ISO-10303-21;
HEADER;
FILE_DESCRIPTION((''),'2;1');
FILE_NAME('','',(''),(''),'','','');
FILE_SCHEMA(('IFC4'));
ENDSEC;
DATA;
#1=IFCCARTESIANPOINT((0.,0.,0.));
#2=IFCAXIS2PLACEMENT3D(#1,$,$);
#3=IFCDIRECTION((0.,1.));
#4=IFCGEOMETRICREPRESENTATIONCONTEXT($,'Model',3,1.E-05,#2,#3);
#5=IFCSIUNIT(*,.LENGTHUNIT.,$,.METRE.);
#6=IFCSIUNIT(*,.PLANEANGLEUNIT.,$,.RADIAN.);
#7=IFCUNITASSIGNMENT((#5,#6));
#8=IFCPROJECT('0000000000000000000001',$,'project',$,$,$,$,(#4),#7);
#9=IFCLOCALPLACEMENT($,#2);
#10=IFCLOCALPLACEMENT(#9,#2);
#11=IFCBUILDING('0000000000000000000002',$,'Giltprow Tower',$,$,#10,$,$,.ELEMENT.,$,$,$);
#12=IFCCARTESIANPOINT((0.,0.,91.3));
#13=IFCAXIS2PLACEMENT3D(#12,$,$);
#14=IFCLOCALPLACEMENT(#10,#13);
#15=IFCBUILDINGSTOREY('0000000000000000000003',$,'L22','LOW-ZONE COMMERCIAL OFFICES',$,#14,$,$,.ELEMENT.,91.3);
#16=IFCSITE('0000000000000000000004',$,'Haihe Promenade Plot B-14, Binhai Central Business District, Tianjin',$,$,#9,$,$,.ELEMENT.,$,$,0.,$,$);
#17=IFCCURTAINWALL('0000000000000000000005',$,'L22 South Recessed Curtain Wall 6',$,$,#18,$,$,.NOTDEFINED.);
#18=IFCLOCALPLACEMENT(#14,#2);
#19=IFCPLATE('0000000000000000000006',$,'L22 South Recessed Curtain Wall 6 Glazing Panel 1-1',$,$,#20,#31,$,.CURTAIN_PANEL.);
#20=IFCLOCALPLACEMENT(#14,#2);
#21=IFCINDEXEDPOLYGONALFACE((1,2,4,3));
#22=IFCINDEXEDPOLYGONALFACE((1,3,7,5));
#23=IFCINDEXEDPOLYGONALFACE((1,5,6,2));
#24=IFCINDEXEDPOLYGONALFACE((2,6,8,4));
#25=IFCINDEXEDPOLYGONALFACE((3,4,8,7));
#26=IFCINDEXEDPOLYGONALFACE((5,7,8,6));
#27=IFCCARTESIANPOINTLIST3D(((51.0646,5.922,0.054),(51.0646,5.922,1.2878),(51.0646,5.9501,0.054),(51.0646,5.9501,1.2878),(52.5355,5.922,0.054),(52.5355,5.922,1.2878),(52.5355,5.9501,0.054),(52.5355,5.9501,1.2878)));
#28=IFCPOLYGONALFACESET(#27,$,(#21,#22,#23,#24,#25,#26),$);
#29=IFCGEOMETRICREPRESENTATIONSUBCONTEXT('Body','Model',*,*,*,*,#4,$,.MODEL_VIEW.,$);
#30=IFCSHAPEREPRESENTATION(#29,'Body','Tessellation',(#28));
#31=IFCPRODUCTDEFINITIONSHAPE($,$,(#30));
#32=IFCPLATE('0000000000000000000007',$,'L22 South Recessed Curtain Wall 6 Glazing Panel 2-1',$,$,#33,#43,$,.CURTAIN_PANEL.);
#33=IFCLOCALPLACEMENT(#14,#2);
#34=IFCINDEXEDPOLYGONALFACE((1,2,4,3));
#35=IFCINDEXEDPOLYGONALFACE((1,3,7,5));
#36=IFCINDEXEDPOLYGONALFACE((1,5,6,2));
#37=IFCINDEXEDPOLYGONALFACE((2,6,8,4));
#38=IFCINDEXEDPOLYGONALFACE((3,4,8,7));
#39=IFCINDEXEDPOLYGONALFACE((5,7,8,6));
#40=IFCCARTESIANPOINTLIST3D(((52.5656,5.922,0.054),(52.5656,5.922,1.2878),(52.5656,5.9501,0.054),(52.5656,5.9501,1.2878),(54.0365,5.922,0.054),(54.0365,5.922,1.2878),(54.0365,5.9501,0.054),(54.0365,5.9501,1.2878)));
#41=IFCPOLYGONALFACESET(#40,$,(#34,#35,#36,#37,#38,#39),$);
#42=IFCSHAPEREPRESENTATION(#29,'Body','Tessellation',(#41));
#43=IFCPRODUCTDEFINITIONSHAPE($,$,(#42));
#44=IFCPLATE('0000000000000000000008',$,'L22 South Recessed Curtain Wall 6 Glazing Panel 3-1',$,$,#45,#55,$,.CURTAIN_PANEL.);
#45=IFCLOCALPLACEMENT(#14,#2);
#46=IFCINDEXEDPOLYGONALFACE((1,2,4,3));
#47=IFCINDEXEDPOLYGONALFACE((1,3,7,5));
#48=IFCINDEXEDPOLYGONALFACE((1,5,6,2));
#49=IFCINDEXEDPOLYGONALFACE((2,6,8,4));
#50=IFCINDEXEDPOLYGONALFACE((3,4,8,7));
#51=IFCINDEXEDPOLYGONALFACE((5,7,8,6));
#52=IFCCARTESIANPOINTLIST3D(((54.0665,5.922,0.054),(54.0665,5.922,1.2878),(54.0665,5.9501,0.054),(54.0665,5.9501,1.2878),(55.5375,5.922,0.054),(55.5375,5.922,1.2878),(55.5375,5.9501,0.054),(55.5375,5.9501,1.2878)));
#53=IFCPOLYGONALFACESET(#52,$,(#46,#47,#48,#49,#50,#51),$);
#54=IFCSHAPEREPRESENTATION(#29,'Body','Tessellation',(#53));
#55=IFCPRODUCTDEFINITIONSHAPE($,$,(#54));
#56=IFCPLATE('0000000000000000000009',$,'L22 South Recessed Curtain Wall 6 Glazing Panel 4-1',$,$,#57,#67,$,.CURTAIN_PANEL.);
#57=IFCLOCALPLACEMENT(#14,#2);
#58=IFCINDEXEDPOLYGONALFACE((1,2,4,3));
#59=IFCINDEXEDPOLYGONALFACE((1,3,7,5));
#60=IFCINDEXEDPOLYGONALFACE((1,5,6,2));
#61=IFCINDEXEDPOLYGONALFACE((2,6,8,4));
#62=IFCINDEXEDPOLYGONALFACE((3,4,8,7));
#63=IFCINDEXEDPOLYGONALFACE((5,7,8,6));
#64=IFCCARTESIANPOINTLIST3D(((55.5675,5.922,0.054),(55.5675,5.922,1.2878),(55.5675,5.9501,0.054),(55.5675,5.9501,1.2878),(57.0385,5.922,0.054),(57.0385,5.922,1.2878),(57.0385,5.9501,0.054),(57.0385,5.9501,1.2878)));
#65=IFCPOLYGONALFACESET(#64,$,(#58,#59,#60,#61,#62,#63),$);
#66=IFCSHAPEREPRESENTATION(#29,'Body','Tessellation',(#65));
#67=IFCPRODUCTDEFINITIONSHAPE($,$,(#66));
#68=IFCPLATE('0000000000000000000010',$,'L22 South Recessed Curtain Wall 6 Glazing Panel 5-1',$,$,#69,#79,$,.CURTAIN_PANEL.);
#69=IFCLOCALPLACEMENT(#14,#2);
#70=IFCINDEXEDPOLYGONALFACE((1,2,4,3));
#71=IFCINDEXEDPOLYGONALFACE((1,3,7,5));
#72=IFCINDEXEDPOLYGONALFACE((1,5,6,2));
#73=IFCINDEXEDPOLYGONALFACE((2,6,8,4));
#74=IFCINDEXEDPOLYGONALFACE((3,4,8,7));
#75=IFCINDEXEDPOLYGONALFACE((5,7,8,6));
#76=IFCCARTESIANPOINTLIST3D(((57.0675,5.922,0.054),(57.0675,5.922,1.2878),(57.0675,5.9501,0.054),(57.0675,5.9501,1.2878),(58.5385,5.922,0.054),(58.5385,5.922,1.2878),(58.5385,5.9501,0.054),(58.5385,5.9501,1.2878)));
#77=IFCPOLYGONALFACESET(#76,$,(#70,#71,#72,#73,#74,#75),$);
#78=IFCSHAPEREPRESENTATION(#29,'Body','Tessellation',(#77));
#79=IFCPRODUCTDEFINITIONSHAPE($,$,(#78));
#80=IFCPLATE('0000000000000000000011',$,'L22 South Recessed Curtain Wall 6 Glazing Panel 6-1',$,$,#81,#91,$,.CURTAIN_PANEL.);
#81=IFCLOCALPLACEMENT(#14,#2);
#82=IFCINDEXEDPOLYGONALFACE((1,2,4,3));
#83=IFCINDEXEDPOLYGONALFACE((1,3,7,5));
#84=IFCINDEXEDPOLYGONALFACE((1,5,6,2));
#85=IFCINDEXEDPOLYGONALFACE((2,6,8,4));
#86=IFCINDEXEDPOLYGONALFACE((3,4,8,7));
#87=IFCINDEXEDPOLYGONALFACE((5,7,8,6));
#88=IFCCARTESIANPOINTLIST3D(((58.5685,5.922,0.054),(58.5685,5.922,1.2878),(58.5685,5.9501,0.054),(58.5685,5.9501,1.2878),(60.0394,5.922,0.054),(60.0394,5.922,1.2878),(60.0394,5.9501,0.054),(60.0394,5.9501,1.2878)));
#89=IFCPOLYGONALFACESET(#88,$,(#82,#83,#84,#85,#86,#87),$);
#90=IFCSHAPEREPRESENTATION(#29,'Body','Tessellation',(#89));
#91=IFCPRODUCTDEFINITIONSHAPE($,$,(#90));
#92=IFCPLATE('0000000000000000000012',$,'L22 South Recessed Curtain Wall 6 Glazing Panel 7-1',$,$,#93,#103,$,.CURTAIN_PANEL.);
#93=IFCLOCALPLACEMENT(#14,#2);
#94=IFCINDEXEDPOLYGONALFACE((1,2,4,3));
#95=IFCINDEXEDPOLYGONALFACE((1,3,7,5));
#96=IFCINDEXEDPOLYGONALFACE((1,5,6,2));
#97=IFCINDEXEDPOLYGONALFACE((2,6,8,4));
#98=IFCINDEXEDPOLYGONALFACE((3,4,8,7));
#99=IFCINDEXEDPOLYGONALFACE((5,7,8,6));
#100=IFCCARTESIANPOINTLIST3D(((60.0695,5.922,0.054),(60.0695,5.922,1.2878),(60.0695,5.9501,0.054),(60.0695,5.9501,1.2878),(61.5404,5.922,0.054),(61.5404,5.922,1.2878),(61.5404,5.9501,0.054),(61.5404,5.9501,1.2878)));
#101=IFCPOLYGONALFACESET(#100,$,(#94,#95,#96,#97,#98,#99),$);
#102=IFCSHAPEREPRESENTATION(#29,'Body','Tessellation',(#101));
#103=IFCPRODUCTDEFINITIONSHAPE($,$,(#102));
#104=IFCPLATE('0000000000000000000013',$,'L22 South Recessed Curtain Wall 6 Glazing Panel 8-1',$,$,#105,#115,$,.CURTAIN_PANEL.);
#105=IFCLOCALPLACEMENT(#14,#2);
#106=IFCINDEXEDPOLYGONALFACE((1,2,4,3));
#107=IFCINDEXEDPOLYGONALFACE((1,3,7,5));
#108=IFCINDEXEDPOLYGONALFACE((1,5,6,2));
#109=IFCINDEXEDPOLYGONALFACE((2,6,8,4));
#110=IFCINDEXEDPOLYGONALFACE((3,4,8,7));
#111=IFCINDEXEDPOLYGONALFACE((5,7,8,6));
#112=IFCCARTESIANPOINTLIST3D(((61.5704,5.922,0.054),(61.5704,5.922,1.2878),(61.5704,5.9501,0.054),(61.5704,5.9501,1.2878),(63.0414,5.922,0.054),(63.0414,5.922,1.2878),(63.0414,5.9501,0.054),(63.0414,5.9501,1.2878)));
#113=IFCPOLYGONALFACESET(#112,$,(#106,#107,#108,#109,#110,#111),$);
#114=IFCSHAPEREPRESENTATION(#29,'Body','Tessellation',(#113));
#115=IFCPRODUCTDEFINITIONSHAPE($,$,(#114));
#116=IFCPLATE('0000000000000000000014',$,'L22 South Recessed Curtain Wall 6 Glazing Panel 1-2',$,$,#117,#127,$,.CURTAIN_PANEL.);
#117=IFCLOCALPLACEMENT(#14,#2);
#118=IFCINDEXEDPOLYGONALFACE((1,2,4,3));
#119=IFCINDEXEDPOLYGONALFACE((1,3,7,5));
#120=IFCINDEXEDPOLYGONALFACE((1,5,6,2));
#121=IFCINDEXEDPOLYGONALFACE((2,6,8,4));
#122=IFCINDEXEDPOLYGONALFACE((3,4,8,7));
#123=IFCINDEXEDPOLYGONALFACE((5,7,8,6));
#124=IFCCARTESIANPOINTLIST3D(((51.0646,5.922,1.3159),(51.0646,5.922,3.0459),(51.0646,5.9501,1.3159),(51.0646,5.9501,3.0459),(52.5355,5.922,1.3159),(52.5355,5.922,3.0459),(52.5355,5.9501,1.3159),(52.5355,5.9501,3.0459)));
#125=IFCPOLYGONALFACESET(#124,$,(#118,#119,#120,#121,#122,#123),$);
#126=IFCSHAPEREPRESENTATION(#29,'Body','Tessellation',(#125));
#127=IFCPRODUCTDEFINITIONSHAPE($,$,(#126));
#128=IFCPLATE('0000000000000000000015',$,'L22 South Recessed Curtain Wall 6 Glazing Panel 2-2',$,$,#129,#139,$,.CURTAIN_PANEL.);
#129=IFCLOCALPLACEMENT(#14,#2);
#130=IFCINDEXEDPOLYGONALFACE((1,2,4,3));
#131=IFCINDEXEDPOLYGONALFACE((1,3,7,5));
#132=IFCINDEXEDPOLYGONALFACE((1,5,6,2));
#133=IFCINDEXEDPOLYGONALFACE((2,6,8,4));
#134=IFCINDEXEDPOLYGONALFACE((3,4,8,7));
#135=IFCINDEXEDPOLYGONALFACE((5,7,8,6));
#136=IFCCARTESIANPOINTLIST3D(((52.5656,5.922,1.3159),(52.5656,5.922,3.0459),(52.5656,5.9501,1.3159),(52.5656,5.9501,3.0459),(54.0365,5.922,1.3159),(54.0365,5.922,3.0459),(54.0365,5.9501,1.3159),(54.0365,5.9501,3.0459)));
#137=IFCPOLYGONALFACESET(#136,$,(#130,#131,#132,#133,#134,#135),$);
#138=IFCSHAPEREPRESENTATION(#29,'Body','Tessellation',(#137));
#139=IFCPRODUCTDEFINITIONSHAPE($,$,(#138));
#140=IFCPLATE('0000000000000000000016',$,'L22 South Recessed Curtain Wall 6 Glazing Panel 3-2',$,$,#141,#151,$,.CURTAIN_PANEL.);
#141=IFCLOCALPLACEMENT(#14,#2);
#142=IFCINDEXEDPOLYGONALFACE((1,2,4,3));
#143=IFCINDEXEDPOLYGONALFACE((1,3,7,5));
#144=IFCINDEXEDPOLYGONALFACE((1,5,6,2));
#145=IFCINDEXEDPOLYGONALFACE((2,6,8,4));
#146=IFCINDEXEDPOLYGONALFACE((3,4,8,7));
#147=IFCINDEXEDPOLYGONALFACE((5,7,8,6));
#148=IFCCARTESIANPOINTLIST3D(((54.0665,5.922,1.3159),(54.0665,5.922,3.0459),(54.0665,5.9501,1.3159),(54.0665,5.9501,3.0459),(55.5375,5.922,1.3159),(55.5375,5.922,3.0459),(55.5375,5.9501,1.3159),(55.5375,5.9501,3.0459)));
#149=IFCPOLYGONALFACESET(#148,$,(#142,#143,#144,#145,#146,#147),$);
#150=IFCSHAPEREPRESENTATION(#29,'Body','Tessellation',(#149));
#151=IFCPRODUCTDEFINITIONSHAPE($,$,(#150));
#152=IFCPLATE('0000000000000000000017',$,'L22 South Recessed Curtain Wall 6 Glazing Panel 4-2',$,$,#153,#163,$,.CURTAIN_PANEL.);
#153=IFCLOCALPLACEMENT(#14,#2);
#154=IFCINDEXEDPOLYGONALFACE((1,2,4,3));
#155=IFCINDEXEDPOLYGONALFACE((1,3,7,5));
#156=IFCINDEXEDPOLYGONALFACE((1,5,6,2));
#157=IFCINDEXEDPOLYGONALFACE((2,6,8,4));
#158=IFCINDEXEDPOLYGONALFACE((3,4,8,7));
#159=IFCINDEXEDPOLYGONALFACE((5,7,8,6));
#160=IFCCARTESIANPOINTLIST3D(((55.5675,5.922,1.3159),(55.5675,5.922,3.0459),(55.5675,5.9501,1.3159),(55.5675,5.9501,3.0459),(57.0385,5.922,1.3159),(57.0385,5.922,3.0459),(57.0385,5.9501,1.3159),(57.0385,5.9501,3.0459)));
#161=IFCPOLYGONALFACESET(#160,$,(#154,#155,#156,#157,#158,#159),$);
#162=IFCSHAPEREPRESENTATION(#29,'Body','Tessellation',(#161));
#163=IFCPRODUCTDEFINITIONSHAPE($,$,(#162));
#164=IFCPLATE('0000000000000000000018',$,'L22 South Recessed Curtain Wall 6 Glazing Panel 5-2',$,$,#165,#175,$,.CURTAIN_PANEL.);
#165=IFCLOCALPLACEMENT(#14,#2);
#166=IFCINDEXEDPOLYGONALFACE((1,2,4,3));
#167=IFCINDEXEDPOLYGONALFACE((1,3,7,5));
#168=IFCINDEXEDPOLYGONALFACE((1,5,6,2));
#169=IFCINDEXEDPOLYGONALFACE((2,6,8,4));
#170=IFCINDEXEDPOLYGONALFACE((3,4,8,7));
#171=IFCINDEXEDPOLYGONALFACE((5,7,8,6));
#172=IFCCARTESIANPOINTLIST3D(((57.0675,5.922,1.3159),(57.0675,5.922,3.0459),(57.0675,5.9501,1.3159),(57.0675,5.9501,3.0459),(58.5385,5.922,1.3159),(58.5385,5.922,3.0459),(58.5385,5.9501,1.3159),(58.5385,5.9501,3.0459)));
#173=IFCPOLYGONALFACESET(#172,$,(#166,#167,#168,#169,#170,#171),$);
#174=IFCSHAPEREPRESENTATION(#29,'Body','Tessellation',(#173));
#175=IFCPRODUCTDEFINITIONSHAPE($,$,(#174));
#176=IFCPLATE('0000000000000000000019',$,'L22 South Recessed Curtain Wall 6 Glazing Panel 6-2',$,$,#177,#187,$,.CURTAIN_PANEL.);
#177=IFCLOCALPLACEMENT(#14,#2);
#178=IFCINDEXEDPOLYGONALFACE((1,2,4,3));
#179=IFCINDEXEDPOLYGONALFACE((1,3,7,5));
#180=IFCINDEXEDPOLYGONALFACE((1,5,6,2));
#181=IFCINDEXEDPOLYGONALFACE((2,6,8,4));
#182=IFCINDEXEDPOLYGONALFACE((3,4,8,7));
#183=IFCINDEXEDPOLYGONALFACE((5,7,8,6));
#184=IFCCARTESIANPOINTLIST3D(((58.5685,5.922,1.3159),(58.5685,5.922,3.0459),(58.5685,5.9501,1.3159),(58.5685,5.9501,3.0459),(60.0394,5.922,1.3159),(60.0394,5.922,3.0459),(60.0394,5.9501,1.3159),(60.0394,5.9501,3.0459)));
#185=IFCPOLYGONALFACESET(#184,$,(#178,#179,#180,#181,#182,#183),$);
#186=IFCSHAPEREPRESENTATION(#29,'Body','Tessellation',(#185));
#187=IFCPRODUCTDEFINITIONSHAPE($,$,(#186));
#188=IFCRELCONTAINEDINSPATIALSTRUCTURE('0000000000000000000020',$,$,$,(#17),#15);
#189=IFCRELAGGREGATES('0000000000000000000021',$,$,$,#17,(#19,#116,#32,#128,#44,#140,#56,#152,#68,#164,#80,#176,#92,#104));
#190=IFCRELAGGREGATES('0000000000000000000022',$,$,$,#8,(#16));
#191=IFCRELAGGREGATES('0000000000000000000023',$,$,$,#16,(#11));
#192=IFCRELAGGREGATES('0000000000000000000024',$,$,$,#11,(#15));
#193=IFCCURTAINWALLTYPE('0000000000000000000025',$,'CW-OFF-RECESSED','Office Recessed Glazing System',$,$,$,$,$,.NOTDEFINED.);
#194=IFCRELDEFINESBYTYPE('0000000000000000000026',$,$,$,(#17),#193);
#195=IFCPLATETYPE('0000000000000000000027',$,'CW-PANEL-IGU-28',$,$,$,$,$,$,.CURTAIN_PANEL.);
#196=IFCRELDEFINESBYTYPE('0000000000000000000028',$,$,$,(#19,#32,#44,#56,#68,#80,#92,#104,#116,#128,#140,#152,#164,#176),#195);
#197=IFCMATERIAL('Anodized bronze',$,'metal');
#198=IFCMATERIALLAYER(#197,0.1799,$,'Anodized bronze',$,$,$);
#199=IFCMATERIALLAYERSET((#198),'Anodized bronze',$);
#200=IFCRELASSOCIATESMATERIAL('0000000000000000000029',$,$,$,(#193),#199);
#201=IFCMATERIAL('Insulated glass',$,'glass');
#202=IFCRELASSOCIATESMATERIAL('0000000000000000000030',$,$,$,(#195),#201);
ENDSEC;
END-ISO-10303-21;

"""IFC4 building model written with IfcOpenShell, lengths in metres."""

from ifc_helpers import new_model, si_unit, direction, frame, origin, origin_2d, place, context, subcontext, project, spatial, rectangle, extrude, source, transform, mapped, material, layer, layer_set, type_object, element, aggregate, save


model = new_model("IFC4")

# Units and contexts
model_context = context("Model", 3, precision=1e-05, world=origin(), true_north=direction((0.0, 1.0)))
body_context = subcontext(model_context, "Body", "Model", "MODEL_VIEW")
ifc_project = project(units=[si_unit("LENGTHUNIT", "METRE"), si_unit("PLANEANGLEUNIT", "RADIAN")], contexts=[model_context])

# Site, building, storey
site_placement = place(None, origin())
site = spatial("IfcSite", under=ifc_project, at=site_placement, Name="Haihe Promenade Plot B-14, Binhai Central Business District, Tianjin", CompositionType="ELEMENT", RefElevation=0.0)
building_placement = place(site_placement, origin())
building = spatial("IfcBuilding", under=site, at=building_placement, Name="Giltprow Tower", CompositionType="ELEMENT")
storey_placement = place(building_placement, frame((0.0, 0.0, 91.3)))
storey = spatial("IfcBuildingStorey", under=building, at=storey_placement, Name="L22", Description="LOW-ZONE COMMERCIAL OFFICES", CompositionType="ELEMENT", Elevation=91.3)

# Curtain wall, plates
ifc_material_1 = material(Name="Anodized bronze", Category="metal")
ifc_layer_1 = layer(ifc_material_1, 0.1799, Name="Anodized bronze")
ifc_layer_set_1 = layer_set([ifc_layer_1], Name="Anodized bronze")
curtain_wall_type = type_object("IfcCurtainWallType", Name="CW-OFF-RECESSED", Description="Office Recessed Glazing System", PredefinedType="NOTDEFINED", material=ifc_layer_set_1)
curtain_wall_placement = place(storey_placement, origin())
curtain_wall = element("IfcCurtainWall", 1, at=curtain_wall_placement, inside=storey, type_object=curtain_wall_type, Name="L22 South Recessed Curtain Wall 6", PredefinedType="NOTDEFINED")
ifc_material_2 = material(Name="Insulated glass", Category="glass")
plate_type = type_object("IfcPlateType", Name="CW-PANEL-IGU-28", PredefinedType="CURTAIN_PANEL", material=ifc_material_2)
shared_shape_1 = source(origin(), body_context, "Body", "SweptSolid", [
    extrude(rectangle(XDim=1.4709, YDim=0.0281, at=origin_2d()), origin(), (0.0, 0.0, 1.0), 1.2339),
])
plate_1_placement = place(storey_placement, frame((51.8, 5.936, 0.054), z_axis=(0.0, 0.0, 1.0), x_axis=(1.0, 0.0, 0.0)))
plate_1 = element("IfcPlate", 2, at=plate_1_placement, type_object=plate_type, Name="L22 South Recessed Curtain Wall 6 Glazing Panel 1-1", PredefinedType="CURTAIN_PANEL", context=body_context, shape_type="MappedRepresentation", body=[
    mapped(shared_shape_1, transform((0.0, 0.0, 0.0), x_axis=(1.0, 0.0, 0.0), y_axis=(0.0, 1.0, 0.0), z_axis=(0.0, 0.0, 1.0), scale=1.0)),
])
plate_2_placement = place(storey_placement, frame((53.301, 5.936, 0.054), z_axis=(0.0, 0.0, 1.0), x_axis=(1.0, 0.0, 0.0)))
plate_2 = element("IfcPlate", 3, at=plate_2_placement, type_object=plate_type, Name="L22 South Recessed Curtain Wall 6 Glazing Panel 2-1", PredefinedType="CURTAIN_PANEL", context=body_context, shape_type="MappedRepresentation", body=[
    mapped(shared_shape_1, transform((0.0, 0.0, 0.0), x_axis=(1.0, 0.0, 0.0), y_axis=(0.0, 1.0, 0.0), z_axis=(0.0, 0.0, 1.0), scale=1.0)),
])
plate_3_placement = place(storey_placement, frame((54.802, 5.936, 0.054), z_axis=(0.0, 0.0, 1.0), x_axis=(1.0, 0.0, 0.0)))
plate_3 = element("IfcPlate", 4, at=plate_3_placement, type_object=plate_type, Name="L22 South Recessed Curtain Wall 6 Glazing Panel 3-1", PredefinedType="CURTAIN_PANEL", context=body_context, shape_type="MappedRepresentation", body=[
    mapped(shared_shape_1, transform((0.0, 0.0, 0.0), x_axis=(1.0, 0.0, 0.0), y_axis=(0.0, 1.0, 0.0), z_axis=(0.0, 0.0, 1.0), scale=1.0)),
])
plate_4_placement = place(storey_placement, frame((56.303, 5.936, 0.054), z_axis=(0.0, 0.0, 1.0), x_axis=(1.0, 0.0, 0.0)))
plate_4 = element("IfcPlate", 5, at=plate_4_placement, type_object=plate_type, Name="L22 South Recessed Curtain Wall 6 Glazing Panel 4-1", PredefinedType="CURTAIN_PANEL", context=body_context, shape_type="MappedRepresentation", body=[
    mapped(shared_shape_1, transform((0.0, 0.0, 0.0), x_axis=(1.0, 0.0, 0.0), y_axis=(0.0, 1.0, 0.0), z_axis=(0.0, 0.0, 1.0), scale=1.0)),
])
plate_5_placement = place(storey_placement, frame((57.803, 5.936, 0.054), z_axis=(0.0, 0.0, 1.0), x_axis=(1.0, 0.0, 0.0)))
plate_5 = element("IfcPlate", 6, at=plate_5_placement, type_object=plate_type, Name="L22 South Recessed Curtain Wall 6 Glazing Panel 5-1", PredefinedType="CURTAIN_PANEL", context=body_context, shape_type="MappedRepresentation", body=[
    mapped(shared_shape_1, transform((0.0, 0.0, 0.0), x_axis=(1.0, 0.0, 0.0), y_axis=(0.0, 1.0, 0.0), z_axis=(0.0, 0.0, 1.0), scale=1.0)),
])
plate_6_placement = place(storey_placement, frame((59.304, 5.936, 0.054), z_axis=(0.0, 0.0, 1.0), x_axis=(1.0, 0.0, 0.0)))
plate_6 = element("IfcPlate", 7, at=plate_6_placement, type_object=plate_type, Name="L22 South Recessed Curtain Wall 6 Glazing Panel 6-1", PredefinedType="CURTAIN_PANEL", context=body_context, shape_type="MappedRepresentation", body=[
    mapped(shared_shape_1, transform((0.0, 0.0, 0.0), x_axis=(1.0, 0.0, 0.0), y_axis=(0.0, 1.0, 0.0), z_axis=(0.0, 0.0, 1.0), scale=1.0)),
])
plate_7_placement = place(storey_placement, frame((60.8049, 5.936, 0.054), z_axis=(0.0, 0.0, 1.0), x_axis=(1.0, 0.0, 0.0)))
plate_7 = element("IfcPlate", 8, at=plate_7_placement, type_object=plate_type, Name="L22 South Recessed Curtain Wall 6 Glazing Panel 7-1", PredefinedType="CURTAIN_PANEL", context=body_context, shape_type="MappedRepresentation", body=[
    mapped(shared_shape_1, transform((0.0, 0.0, 0.0), x_axis=(1.0, 0.0, 0.0), y_axis=(0.0, 1.0, 0.0), z_axis=(0.0, 0.0, 1.0), scale=1.0)),
])
plate_8_placement = place(storey_placement, frame((62.3059, 5.936, 0.054), z_axis=(0.0, 0.0, 1.0), x_axis=(1.0, 0.0, 0.0)))
plate_8 = element("IfcPlate", 9, at=plate_8_placement, type_object=plate_type, Name="L22 South Recessed Curtain Wall 6 Glazing Panel 8-1", PredefinedType="CURTAIN_PANEL", context=body_context, shape_type="MappedRepresentation", body=[
    mapped(shared_shape_1, transform((0.0, 0.0, 0.0), x_axis=(1.0, 0.0, 0.0), y_axis=(0.0, 1.0, 0.0), z_axis=(0.0, 0.0, 1.0), scale=1.0)),
])
shared_shape_2 = source(origin(), body_context, "Body", "SweptSolid", [
    extrude(rectangle(XDim=1.4709, YDim=0.0281, at=origin_2d()), origin(), (0.0, 0.0, 1.0), 1.73),
])
plate_9_placement = place(storey_placement, frame((51.8, 5.936, 1.3159), z_axis=(0.0, 0.0, 1.0), x_axis=(1.0, 0.0, 0.0)))
plate_9 = element("IfcPlate", 10, at=plate_9_placement, type_object=plate_type, Name="L22 South Recessed Curtain Wall 6 Glazing Panel 1-2", PredefinedType="CURTAIN_PANEL", context=body_context, shape_type="MappedRepresentation", body=[
    mapped(shared_shape_2, transform((0.0, 0.0, 0.0), x_axis=(1.0, 0.0, 0.0), y_axis=(0.0, 1.0, 0.0), z_axis=(0.0, 0.0, 1.0), scale=1.0)),
])
plate_10_placement = place(storey_placement, frame((53.301, 5.936, 1.3159), z_axis=(0.0, 0.0, 1.0), x_axis=(1.0, 0.0, 0.0)))
plate_10 = element("IfcPlate", 11, at=plate_10_placement, type_object=plate_type, Name="L22 South Recessed Curtain Wall 6 Glazing Panel 2-2", PredefinedType="CURTAIN_PANEL", context=body_context, shape_type="MappedRepresentation", body=[
    mapped(shared_shape_2, transform((0.0, 0.0, 0.0), x_axis=(1.0, 0.0, 0.0), y_axis=(0.0, 1.0, 0.0), z_axis=(0.0, 0.0, 1.0), scale=1.0)),
])
plate_11_placement = place(storey_placement, frame((54.802, 5.936, 1.3159), z_axis=(0.0, 0.0, 1.0), x_axis=(1.0, 0.0, 0.0)))
plate_11 = element("IfcPlate", 12, at=plate_11_placement, type_object=plate_type, Name="L22 South Recessed Curtain Wall 6 Glazing Panel 3-2", PredefinedType="CURTAIN_PANEL", context=body_context, shape_type="MappedRepresentation", body=[
    mapped(shared_shape_2, transform((0.0, 0.0, 0.0), x_axis=(1.0, 0.0, 0.0), y_axis=(0.0, 1.0, 0.0), z_axis=(0.0, 0.0, 1.0), scale=1.0)),
])
plate_12_placement = place(storey_placement, frame((56.303, 5.936, 1.3159), z_axis=(0.0, 0.0, 1.0), x_axis=(1.0, 0.0, 0.0)))
plate_12 = element("IfcPlate", 13, at=plate_12_placement, type_object=plate_type, Name="L22 South Recessed Curtain Wall 6 Glazing Panel 4-2", PredefinedType="CURTAIN_PANEL", context=body_context, shape_type="MappedRepresentation", body=[
    mapped(shared_shape_2, transform((0.0, 0.0, 0.0), x_axis=(1.0, 0.0, 0.0), y_axis=(0.0, 1.0, 0.0), z_axis=(0.0, 0.0, 1.0), scale=1.0)),
])
plate_13_placement = place(storey_placement, frame((57.803, 5.936, 1.3159), z_axis=(0.0, 0.0, 1.0), x_axis=(1.0, 0.0, 0.0)))
plate_13 = element("IfcPlate", 14, at=plate_13_placement, type_object=plate_type, Name="L22 South Recessed Curtain Wall 6 Glazing Panel 5-2", PredefinedType="CURTAIN_PANEL", context=body_context, shape_type="MappedRepresentation", body=[
    mapped(shared_shape_2, transform((0.0, 0.0, 0.0), x_axis=(1.0, 0.0, 0.0), y_axis=(0.0, 1.0, 0.0), z_axis=(0.0, 0.0, 1.0), scale=1.0)),
])
plate_14_placement = place(storey_placement, frame((59.304, 5.936, 1.3159), z_axis=(0.0, 0.0, 1.0), x_axis=(1.0, 0.0, 0.0)))
plate_14 = element("IfcPlate", 15, at=plate_14_placement, type_object=plate_type, Name="L22 South Recessed Curtain Wall 6 Glazing Panel 6-2", PredefinedType="CURTAIN_PANEL", context=body_context, shape_type="MappedRepresentation", body=[
    mapped(shared_shape_2, transform((0.0, 0.0, 0.0), x_axis=(1.0, 0.0, 0.0), y_axis=(0.0, 1.0, 0.0), z_axis=(0.0, 0.0, 1.0), scale=1.0)),
])
aggregate(curtain_wall, [plate_1, plate_9, plate_2, plate_10, plate_3, plate_11, plate_4, plate_12, plate_5, plate_13, plate_6, plate_14, plate_7, plate_8])

save(model, "model.ifc")
